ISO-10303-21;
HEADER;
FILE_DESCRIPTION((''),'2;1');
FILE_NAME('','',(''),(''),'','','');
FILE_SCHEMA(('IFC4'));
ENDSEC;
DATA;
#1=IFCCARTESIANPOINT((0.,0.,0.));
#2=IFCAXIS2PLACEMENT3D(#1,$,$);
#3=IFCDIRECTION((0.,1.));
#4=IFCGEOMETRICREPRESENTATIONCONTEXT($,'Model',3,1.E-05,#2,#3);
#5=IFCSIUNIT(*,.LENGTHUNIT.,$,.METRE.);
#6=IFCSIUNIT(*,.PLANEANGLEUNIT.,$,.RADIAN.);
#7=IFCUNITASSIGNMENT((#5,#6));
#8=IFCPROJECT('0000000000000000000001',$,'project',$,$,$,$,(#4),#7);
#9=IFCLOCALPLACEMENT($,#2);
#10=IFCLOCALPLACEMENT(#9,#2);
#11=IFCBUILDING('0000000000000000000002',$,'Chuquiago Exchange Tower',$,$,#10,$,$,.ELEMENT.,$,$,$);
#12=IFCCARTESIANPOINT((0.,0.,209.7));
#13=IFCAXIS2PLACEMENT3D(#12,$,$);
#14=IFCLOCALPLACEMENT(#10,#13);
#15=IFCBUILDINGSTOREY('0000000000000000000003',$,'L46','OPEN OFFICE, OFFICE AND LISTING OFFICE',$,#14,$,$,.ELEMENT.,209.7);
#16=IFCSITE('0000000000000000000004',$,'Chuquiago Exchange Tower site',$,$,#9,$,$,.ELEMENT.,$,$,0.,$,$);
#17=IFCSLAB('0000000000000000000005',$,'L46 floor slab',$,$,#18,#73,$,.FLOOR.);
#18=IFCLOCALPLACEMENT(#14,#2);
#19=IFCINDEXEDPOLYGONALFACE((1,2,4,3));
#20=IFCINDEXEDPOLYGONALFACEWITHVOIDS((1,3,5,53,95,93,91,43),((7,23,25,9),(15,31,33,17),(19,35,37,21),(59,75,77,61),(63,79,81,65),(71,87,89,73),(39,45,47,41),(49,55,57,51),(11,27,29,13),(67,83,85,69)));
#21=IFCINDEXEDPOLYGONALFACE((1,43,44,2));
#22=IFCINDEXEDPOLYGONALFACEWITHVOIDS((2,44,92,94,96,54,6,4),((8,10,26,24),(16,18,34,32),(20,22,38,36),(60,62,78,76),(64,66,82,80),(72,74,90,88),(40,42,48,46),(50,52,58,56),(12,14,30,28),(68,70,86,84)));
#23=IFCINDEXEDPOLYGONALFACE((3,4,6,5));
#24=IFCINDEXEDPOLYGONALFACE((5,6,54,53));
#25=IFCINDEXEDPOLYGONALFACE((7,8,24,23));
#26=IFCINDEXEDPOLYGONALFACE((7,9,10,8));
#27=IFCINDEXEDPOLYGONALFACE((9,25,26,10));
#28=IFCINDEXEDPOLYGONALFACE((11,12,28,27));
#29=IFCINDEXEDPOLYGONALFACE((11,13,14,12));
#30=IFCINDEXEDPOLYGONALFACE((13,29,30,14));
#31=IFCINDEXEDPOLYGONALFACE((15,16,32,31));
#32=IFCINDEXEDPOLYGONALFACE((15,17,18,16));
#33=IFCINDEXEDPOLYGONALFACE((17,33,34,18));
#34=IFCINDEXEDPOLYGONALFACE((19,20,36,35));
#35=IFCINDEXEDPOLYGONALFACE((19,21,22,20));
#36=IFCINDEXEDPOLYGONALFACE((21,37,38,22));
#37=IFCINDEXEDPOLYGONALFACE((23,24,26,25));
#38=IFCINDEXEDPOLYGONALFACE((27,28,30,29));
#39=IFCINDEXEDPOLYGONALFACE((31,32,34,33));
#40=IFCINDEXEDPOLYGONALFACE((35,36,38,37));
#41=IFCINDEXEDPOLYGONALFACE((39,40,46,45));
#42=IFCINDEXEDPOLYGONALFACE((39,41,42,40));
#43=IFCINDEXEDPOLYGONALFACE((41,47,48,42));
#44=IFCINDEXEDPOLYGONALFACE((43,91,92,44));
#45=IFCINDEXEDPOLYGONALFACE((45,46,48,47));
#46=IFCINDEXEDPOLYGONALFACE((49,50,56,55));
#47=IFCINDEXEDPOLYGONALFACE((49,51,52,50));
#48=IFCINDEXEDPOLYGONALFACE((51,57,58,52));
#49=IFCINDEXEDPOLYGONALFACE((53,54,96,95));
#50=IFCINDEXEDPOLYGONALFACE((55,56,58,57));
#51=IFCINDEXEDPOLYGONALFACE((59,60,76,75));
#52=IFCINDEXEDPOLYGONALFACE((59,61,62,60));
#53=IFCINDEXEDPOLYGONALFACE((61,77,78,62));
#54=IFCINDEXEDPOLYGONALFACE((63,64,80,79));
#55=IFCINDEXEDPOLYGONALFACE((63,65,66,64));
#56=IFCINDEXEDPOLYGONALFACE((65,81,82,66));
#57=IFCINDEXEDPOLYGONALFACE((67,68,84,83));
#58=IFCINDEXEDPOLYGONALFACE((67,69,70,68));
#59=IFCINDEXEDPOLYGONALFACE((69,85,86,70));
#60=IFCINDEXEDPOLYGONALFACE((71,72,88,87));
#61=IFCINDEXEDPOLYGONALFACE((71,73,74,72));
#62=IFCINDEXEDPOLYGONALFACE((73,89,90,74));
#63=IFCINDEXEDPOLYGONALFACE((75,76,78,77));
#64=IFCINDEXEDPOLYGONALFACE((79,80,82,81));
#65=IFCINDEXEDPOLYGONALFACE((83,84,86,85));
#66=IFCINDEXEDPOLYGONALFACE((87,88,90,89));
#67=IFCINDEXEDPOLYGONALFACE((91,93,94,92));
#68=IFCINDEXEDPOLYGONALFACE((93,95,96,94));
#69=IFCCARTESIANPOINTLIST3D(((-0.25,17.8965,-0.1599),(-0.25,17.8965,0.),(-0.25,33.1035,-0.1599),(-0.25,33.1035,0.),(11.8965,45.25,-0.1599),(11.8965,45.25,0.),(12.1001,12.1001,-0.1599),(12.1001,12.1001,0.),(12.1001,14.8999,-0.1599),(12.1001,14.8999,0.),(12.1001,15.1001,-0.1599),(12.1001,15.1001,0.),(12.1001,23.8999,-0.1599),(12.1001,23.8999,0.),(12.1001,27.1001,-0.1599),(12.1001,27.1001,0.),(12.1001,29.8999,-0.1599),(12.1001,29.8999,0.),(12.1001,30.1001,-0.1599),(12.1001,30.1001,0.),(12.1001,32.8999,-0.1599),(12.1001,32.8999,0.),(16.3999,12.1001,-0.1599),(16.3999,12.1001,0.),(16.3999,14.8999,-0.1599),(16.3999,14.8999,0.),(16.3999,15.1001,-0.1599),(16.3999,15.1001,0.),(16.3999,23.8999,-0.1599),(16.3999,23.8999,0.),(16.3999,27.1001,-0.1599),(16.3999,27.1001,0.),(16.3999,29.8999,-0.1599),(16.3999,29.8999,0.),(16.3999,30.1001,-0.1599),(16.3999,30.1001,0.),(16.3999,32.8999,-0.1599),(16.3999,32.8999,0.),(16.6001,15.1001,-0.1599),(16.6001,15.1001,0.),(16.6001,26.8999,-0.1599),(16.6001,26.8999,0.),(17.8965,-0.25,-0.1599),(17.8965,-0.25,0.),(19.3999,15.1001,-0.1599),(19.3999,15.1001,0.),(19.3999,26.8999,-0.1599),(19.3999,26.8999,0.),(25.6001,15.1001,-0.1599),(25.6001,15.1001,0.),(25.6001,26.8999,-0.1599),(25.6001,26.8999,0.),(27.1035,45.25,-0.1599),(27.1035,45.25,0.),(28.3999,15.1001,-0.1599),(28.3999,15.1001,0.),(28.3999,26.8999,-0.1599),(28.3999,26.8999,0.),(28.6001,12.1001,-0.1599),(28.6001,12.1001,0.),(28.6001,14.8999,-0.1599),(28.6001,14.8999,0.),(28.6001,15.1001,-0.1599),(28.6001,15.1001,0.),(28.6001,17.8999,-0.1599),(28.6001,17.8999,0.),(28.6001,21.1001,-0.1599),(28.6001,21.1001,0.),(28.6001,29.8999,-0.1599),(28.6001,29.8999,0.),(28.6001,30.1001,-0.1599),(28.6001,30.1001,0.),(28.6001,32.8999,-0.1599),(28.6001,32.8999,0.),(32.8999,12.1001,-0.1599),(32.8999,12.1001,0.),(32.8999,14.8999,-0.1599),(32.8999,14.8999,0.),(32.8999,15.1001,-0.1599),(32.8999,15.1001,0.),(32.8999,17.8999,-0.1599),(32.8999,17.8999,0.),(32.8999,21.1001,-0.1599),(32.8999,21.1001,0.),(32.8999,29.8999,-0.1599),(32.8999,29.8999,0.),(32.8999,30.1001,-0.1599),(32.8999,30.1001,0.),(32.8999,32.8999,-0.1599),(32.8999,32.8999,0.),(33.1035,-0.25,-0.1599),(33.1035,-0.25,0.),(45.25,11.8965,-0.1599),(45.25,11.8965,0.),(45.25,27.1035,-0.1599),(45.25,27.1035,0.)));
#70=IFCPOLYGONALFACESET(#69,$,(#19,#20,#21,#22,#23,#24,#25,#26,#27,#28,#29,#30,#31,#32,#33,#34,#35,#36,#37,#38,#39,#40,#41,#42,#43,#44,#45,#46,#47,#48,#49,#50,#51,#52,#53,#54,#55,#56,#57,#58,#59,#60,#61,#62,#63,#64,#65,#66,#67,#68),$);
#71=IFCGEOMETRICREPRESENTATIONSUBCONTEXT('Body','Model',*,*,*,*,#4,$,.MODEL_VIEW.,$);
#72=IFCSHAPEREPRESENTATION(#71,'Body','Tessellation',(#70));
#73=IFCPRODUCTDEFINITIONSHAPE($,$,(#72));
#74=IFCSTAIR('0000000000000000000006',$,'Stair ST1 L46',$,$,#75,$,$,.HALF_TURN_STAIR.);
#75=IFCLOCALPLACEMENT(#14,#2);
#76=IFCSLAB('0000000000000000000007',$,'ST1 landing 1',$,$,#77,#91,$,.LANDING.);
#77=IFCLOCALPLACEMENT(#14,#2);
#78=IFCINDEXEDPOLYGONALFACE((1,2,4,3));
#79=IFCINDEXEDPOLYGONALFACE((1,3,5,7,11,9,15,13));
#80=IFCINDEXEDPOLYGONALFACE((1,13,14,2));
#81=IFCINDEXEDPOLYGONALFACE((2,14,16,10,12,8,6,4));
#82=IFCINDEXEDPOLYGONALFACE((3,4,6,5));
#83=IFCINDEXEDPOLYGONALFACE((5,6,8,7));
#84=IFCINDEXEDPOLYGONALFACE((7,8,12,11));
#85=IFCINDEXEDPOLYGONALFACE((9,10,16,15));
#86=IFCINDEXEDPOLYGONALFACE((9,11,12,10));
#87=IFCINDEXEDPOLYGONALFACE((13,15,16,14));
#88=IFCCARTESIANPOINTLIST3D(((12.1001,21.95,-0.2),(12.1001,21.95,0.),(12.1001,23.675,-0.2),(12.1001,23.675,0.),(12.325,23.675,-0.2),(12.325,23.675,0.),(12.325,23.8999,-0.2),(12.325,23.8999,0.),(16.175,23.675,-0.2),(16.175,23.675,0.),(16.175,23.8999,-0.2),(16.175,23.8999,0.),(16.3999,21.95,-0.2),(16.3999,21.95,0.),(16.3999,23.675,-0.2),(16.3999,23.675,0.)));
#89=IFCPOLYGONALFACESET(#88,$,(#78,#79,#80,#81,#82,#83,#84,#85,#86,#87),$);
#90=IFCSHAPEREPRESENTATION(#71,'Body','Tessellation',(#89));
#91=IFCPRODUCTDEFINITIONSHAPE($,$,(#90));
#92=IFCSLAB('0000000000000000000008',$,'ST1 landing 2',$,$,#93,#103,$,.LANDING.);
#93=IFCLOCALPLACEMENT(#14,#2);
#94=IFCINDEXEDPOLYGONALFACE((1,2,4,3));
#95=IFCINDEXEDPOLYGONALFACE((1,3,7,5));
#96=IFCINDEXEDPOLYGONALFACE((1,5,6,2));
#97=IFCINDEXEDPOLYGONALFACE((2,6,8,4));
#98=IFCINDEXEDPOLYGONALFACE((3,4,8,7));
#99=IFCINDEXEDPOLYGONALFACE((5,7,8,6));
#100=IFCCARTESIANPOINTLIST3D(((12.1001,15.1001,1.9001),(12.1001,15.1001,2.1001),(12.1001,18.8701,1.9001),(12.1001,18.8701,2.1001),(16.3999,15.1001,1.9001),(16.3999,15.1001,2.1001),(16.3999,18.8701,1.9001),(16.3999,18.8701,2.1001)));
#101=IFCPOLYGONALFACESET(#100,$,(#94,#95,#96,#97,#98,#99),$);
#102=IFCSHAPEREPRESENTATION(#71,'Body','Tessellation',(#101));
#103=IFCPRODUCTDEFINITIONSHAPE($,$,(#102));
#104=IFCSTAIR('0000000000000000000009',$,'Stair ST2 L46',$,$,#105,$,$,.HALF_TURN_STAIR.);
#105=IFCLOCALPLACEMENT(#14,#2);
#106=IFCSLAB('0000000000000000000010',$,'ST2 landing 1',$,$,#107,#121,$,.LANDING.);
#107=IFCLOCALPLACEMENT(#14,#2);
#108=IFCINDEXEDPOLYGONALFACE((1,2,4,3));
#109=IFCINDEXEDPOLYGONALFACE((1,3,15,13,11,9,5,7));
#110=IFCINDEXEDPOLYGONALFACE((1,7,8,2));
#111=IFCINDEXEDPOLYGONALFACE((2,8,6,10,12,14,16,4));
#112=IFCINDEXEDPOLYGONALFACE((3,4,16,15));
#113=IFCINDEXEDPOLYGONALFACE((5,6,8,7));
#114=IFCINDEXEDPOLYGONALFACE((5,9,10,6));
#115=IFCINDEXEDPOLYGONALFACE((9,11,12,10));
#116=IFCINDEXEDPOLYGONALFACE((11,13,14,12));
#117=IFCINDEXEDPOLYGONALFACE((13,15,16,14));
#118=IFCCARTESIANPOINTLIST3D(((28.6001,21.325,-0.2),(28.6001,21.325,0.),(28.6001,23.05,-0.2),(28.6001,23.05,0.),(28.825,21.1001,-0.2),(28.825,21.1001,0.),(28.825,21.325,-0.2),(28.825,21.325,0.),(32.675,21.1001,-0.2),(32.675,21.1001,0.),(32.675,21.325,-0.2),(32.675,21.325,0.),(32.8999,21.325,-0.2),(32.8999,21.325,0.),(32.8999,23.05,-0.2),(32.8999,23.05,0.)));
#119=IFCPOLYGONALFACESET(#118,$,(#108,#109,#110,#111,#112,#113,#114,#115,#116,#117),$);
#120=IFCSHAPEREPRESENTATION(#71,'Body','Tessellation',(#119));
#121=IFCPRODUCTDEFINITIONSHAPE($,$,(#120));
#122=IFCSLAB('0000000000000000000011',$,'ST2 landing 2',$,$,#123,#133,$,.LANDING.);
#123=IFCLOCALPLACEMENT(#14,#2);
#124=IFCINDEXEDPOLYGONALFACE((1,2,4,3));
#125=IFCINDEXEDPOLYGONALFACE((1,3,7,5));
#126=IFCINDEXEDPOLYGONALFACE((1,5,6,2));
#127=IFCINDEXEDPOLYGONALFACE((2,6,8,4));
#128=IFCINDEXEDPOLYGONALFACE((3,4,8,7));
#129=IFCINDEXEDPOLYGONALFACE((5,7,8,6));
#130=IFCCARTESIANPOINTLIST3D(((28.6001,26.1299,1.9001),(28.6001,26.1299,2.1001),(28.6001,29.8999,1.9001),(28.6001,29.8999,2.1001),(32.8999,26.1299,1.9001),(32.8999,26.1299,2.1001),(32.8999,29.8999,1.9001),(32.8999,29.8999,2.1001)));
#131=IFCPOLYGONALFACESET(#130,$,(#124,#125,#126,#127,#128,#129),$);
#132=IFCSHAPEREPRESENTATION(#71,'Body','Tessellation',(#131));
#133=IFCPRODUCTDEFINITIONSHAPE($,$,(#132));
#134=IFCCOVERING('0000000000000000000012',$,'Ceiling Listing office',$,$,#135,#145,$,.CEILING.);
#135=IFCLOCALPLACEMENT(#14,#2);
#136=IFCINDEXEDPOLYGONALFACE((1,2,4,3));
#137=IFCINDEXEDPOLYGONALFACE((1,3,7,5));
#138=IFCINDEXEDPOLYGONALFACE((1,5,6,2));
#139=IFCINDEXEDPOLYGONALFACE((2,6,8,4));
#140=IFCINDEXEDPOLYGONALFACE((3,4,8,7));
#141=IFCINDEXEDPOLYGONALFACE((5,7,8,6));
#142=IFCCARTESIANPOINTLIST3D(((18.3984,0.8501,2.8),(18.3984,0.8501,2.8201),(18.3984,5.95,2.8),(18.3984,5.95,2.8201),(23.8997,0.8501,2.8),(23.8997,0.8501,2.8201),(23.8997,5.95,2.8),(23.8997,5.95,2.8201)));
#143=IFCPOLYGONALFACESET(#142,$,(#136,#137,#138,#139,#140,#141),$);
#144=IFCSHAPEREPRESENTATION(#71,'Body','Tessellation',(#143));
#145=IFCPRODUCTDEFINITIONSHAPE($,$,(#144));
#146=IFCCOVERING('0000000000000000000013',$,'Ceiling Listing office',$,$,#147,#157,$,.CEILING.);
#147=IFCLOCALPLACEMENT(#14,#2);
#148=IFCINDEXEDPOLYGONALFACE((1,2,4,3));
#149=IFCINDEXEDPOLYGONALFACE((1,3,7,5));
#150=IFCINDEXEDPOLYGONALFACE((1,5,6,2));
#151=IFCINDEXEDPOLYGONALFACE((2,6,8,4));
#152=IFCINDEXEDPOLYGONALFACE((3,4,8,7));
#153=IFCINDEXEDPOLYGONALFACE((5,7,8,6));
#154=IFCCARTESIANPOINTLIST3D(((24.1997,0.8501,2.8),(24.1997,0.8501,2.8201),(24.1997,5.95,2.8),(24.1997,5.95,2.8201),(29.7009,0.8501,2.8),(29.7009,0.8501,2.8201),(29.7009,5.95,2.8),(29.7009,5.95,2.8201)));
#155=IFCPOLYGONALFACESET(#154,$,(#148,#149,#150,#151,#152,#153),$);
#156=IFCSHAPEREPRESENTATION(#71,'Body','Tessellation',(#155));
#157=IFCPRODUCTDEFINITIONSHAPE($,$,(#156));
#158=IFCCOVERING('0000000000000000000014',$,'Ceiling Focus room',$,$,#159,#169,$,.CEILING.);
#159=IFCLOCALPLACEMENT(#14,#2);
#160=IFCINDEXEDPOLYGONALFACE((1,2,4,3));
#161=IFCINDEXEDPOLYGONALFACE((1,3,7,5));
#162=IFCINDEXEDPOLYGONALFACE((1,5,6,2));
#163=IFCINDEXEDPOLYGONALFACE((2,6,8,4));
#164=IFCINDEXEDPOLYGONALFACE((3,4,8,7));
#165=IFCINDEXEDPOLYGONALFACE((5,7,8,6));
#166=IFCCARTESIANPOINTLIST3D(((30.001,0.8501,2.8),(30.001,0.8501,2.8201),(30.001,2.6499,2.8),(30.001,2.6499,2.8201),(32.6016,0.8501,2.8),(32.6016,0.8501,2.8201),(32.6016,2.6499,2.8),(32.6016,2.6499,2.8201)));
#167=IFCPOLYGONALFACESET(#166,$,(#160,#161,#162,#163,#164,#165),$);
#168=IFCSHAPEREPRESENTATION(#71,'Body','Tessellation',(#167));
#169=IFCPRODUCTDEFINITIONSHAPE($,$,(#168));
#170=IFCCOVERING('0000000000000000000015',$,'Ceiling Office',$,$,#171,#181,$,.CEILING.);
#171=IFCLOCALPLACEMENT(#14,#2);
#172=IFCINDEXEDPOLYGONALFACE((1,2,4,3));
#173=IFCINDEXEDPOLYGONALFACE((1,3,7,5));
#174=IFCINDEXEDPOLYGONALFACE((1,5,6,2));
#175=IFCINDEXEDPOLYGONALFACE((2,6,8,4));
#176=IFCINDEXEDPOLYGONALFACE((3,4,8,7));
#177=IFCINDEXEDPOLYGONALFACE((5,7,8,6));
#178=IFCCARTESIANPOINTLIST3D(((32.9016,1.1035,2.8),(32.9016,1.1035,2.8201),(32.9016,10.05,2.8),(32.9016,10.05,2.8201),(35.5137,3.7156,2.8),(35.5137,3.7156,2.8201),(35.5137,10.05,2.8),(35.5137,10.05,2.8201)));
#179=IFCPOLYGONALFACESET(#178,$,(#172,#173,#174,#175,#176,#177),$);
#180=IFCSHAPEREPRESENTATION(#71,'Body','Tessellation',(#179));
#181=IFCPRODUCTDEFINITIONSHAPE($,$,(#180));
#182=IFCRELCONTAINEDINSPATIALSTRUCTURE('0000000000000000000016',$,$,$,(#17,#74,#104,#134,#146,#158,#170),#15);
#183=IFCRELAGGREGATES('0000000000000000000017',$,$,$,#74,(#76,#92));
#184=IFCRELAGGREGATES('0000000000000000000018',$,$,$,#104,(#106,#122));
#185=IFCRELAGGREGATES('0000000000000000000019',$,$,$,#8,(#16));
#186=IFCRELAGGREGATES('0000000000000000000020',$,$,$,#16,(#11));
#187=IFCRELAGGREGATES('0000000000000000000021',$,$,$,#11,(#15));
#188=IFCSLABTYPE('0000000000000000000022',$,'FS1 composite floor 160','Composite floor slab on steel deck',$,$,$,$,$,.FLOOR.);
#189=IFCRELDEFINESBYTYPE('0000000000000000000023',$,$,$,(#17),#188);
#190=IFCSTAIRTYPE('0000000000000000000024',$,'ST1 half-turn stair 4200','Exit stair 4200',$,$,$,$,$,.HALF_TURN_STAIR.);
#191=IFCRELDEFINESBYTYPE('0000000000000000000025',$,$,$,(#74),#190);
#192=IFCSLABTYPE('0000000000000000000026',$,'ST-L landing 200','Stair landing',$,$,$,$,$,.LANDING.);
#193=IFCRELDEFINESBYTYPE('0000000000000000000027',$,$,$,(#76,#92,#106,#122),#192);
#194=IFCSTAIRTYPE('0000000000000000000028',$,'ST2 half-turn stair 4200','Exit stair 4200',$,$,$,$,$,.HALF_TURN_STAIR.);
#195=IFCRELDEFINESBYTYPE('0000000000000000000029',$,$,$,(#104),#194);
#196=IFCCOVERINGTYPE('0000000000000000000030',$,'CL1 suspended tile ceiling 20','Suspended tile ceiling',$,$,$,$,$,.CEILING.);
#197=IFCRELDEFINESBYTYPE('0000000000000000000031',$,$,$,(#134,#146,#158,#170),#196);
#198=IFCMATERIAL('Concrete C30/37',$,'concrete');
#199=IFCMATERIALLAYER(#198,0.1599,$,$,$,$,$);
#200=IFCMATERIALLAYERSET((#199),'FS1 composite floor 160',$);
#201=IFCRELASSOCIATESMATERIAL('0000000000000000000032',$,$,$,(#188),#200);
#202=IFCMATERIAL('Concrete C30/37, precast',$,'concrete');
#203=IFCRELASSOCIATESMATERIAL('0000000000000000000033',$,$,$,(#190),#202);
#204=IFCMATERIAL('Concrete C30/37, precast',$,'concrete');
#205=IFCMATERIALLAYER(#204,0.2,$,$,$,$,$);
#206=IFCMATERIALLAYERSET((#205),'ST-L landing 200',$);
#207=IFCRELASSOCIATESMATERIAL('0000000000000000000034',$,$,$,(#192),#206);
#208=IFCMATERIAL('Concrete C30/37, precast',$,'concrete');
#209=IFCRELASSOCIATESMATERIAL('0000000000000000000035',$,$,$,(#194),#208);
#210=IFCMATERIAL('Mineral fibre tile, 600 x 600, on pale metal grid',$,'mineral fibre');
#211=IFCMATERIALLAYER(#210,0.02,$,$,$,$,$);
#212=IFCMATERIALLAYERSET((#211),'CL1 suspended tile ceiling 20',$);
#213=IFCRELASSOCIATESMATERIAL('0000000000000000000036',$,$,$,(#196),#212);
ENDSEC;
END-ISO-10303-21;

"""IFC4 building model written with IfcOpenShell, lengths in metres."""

from ifc_helpers import new_model, si_unit, direction, frame, origin, place, context, subcontext, project, spatial, polyline, outline, extrude, material, layer, layer_set, type_object, element, aggregate, save


model = new_model("IFC4")

# Units and contexts
model_context = context("Model", 3, precision=1e-05, world=origin(), true_north=direction((0.0, 1.0)))
body_context = subcontext(model_context, "Body", "Model", "MODEL_VIEW")
ifc_project = project(units=[si_unit("LENGTHUNIT", "METRE"), si_unit("PLANEANGLEUNIT", "RADIAN")], contexts=[model_context])

# Site, building, storey
site_placement = place(None, origin())
site = spatial("IfcSite", under=ifc_project, at=site_placement, Name="Chuquiago Exchange Tower site", CompositionType="ELEMENT", RefElevation=0.0)
building_placement = place(site_placement, origin())
building = spatial("IfcBuilding", under=site, at=building_placement, Name="Chuquiago Exchange Tower", CompositionType="ELEMENT")
storey_placement = place(building_placement, frame((0.0, 0.0, 209.7)))
storey = spatial("IfcBuildingStorey", under=building, at=storey_placement, Name="L46", Description="OPEN OFFICE, OFFICE AND LISTING OFFICE", CompositionType="ELEMENT", Elevation=209.7)

# Slab
ifc_material_1 = material(Name="Concrete C30/37", Category="concrete")
ifc_layer_1 = layer(ifc_material_1, 0.1599)
ifc_layer_set_1 = layer_set([ifc_layer_1], Name="FS1 composite floor 160")
slab_type_1 = type_object("IfcSlabType", Name="FS1 composite floor 160", Description="Composite floor slab on steel deck", PredefinedType="FLOOR", material=ifc_layer_set_1)
slab_1_placement = place(storey_placement, frame((0.0, 0.0, -0.1599)))
element("IfcSlab", 1, at=slab_1_placement, inside=storey, type_object=slab_type_1, Name="L46 floor slab", PredefinedType="FLOOR", context=body_context, shape_type="SweptSolid", body=[
    extrude(outline(polyline([(17.8965, -0.25), (-0.25, 17.8965), (-0.25, 33.1035), (11.8965, 45.25), (27.1035, 45.25), (45.25, 27.1035), (45.25, 11.8965), (33.1035, -0.25), (17.8965, -0.25)]), holes=[polyline([(16.3999, 15.1001), (12.1001, 15.1001), (12.1001, 23.8999), (16.3999, 23.8999), (16.3999, 15.1001)]), polyline([(32.8999, 21.1001), (28.6001, 21.1001), (28.6001, 29.8999), (32.8999, 29.8999), (32.8999, 21.1001)]), polyline([(16.3999, 12.1001), (12.1001, 12.1001), (12.1001, 14.8999), (16.3999, 14.8999), (16.3999, 12.1001)]), polyline([(16.3999, 30.1001), (12.1001, 30.1001), (12.1001, 32.8999), (16.3999, 32.8999), (16.3999, 30.1001)]), polyline([(32.8999, 12.1001), (28.6001, 12.1001), (28.6001, 14.8999), (32.8999, 14.8999), (32.8999, 12.1001)]), polyline([(32.8999, 30.1001), (28.6001, 30.1001), (28.6001, 32.8999), (32.8999, 32.8999), (32.8999, 30.1001)]), polyline([(16.3999, 27.1001), (12.1001, 27.1001), (12.1001, 29.8999), (16.3999, 29.8999), (16.3999, 27.1001)]), polyline([(32.8999, 15.1001), (28.6001, 15.1001), (28.6001, 17.8999), (32.8999, 17.8999), (32.8999, 15.1001)]), polyline([(19.3999, 15.1001), (16.6001, 15.1001), (16.6001, 26.8999), (19.3999, 26.8999), (19.3999, 15.1001)]), polyline([(28.3999, 15.1001), (25.6001, 15.1001), (25.6001, 26.8999), (28.3999, 26.8999), (28.3999, 15.1001)])]), origin(), (0.0, 0.0, 1.0), 0.1599),
])

# Stairs, slabs
ifc_material_2 = material(Name="Concrete C30/37, precast", Category="concrete")
stair_type_1 = type_object("IfcStairType", Name="ST1 half-turn stair 4200", Description="Exit stair 4200", PredefinedType="HALF_TURN_STAIR", material=ifc_material_2)
stair_1_placement = place(storey_placement, origin())
stair_1 = element("IfcStair", 2, at=stair_1_placement, inside=storey, type_object=stair_type_1, Name="Stair ST1 L46", PredefinedType="HALF_TURN_STAIR")
ifc_material_3 = material(Name="Concrete C30/37, precast", Category="concrete")
ifc_layer_2 = layer(ifc_material_3, 0.2)
ifc_layer_set_2 = layer_set([ifc_layer_2], Name="ST-L landing 200")
slab_type_2 = type_object("IfcSlabType", Name="ST-L landing 200", Description="Stair landing", PredefinedType="LANDING", material=ifc_layer_set_2)
slab_2_placement = place(storey_placement, frame((0.0, 0.0, -0.2)))
slab_2 = element("IfcSlab", 3, at=slab_2_placement, type_object=slab_type_2, Name="ST1 landing 1", PredefinedType="LANDING", context=body_context, shape_type="SweptSolid", body=[
    extrude(outline(polyline([(12.325, 23.8999), (16.175, 23.8999), (16.175, 23.675), (16.3999, 23.675), (16.3999, 21.95), (12.1001, 21.95), (12.1001, 23.675), (12.325, 23.675), (12.325, 23.8999)])), origin(), (0.0, 0.0, 1.0), 0.2),
])
slab_3_placement = place(storey_placement, frame((0.0, 0.0, 1.9001)))
slab_3 = element("IfcSlab", 4, at=slab_3_placement, type_object=slab_type_2, Name="ST1 landing 2", PredefinedType="LANDING", context=body_context, shape_type="SweptSolid", body=[
    extrude(outline(polyline([(12.1001, 18.8701), (16.3999, 18.8701), (16.3999, 15.1001), (12.1001, 15.1001), (12.1001, 18.8701)])), origin(), (0.0, 0.0, 1.0), 0.2),
])
aggregate(stair_1, [slab_2, slab_3])
ifc_material_4 = material(Name="Concrete C30/37, precast", Category="concrete")
stair_type_2 = type_object("IfcStairType", Name="ST2 half-turn stair 4200", Description="Exit stair 4200", PredefinedType="HALF_TURN_STAIR", material=ifc_material_4)
stair_2_placement = place(storey_placement, origin())
stair_2 = element("IfcStair", 5, at=stair_2_placement, inside=storey, type_object=stair_type_2, Name="Stair ST2 L46", PredefinedType="HALF_TURN_STAIR")
slab_4_placement = place(storey_placement, frame((0.0, 0.0, -0.2)))
slab_4 = element("IfcSlab", 6, at=slab_4_placement, type_object=slab_type_2, Name="ST2 landing 1", PredefinedType="LANDING", context=body_context, shape_type="SweptSolid", body=[
    extrude(outline(polyline([(32.675, 21.325), (32.675, 21.1001), (28.825, 21.1001), (28.825, 21.325), (28.6001, 21.325), (28.6001, 23.05), (32.8999, 23.05), (32.8999, 21.325), (32.675, 21.325)])), origin(), (0.0, 0.0, 1.0), 0.2),
])
slab_5_placement = place(storey_placement, frame((0.0, 0.0, 1.9001)))
slab_5 = element("IfcSlab", 7, at=slab_5_placement, type_object=slab_type_2, Name="ST2 landing 2", PredefinedType="LANDING", context=body_context, shape_type="SweptSolid", body=[
    extrude(outline(polyline([(28.6001, 29.8999), (32.8999, 29.8999), (32.8999, 26.1299), (28.6001, 26.1299), (28.6001, 29.8999)])), origin(), (0.0, 0.0, 1.0), 0.2),
])
aggregate(stair_2, [slab_4, slab_5])

# Coverings
ifc_material_5 = material(Name="Mineral fibre tile, 600 x 600, on pale metal grid", Category="mineral fibre")
ifc_layer_3 = layer(ifc_material_5, 0.02)
ifc_layer_set_3 = layer_set([ifc_layer_3], Name="CL1 suspended tile ceiling 20")
covering_type_1 = type_object("IfcCoveringType", Name="CL1 suspended tile ceiling 20", Description="Suspended tile ceiling", PredefinedType="CEILING", material=ifc_layer_set_3)
covering_1_placement = place(storey_placement, frame((0.0, 0.0, 2.8)))
element("IfcCovering", 8, at=covering_1_placement, inside=storey, type_object=covering_type_1, Name="Ceiling Listing office", PredefinedType="CEILING", context=body_context, shape_type="SweptSolid", body=[
    extrude(outline(polyline([(18.3984, 5.95), (23.8997, 5.95), (23.8997, 0.8501), (18.3984, 0.8501), (18.3984, 5.95)])), origin(), (0.0, 0.0, 1.0), 0.02),
])
covering_2_placement = place(storey_placement, frame((0.0, 0.0, 2.8)))
element("IfcCovering", 9, at=covering_2_placement, inside=storey, type_object=covering_type_1, Name="Ceiling Listing office", PredefinedType="CEILING", context=body_context, shape_type="SweptSolid", body=[
    extrude(outline(polyline([(24.1997, 5.95), (29.7009, 5.95), (29.7009, 0.8501), (24.1997, 0.8501), (24.1997, 5.95)])), origin(), (0.0, 0.0, 1.0), 0.02),
])
covering_3_placement = place(storey_placement, frame((0.0, 0.0, 2.8)))
element("IfcCovering", 10, at=covering_3_placement, inside=storey, type_object=covering_type_1, Name="Ceiling Focus room", PredefinedType="CEILING", context=body_context, shape_type="SweptSolid", body=[
    extrude(outline(polyline([(30.001, 0.8501), (30.001, 2.6499), (32.6016, 2.6499), (32.6016, 0.8501), (30.001, 0.8501)])), origin(), (0.0, 0.0, 1.0), 0.02),
])
covering_4_placement = place(storey_placement, frame((0.0, 0.0, 2.8)))
element("IfcCovering", 11, at=covering_4_placement, inside=storey, type_object=covering_type_1, Name="Ceiling Office", PredefinedType="CEILING", context=body_context, shape_type="SweptSolid", body=[
    extrude(outline(polyline([(32.9016, 10.05), (35.5137, 10.05), (35.5137, 3.7156), (32.9016, 1.1035), (32.9016, 10.05)])), origin(), (0.0, 0.0, 1.0), 0.02),
])

save(model, "model.ifc")
